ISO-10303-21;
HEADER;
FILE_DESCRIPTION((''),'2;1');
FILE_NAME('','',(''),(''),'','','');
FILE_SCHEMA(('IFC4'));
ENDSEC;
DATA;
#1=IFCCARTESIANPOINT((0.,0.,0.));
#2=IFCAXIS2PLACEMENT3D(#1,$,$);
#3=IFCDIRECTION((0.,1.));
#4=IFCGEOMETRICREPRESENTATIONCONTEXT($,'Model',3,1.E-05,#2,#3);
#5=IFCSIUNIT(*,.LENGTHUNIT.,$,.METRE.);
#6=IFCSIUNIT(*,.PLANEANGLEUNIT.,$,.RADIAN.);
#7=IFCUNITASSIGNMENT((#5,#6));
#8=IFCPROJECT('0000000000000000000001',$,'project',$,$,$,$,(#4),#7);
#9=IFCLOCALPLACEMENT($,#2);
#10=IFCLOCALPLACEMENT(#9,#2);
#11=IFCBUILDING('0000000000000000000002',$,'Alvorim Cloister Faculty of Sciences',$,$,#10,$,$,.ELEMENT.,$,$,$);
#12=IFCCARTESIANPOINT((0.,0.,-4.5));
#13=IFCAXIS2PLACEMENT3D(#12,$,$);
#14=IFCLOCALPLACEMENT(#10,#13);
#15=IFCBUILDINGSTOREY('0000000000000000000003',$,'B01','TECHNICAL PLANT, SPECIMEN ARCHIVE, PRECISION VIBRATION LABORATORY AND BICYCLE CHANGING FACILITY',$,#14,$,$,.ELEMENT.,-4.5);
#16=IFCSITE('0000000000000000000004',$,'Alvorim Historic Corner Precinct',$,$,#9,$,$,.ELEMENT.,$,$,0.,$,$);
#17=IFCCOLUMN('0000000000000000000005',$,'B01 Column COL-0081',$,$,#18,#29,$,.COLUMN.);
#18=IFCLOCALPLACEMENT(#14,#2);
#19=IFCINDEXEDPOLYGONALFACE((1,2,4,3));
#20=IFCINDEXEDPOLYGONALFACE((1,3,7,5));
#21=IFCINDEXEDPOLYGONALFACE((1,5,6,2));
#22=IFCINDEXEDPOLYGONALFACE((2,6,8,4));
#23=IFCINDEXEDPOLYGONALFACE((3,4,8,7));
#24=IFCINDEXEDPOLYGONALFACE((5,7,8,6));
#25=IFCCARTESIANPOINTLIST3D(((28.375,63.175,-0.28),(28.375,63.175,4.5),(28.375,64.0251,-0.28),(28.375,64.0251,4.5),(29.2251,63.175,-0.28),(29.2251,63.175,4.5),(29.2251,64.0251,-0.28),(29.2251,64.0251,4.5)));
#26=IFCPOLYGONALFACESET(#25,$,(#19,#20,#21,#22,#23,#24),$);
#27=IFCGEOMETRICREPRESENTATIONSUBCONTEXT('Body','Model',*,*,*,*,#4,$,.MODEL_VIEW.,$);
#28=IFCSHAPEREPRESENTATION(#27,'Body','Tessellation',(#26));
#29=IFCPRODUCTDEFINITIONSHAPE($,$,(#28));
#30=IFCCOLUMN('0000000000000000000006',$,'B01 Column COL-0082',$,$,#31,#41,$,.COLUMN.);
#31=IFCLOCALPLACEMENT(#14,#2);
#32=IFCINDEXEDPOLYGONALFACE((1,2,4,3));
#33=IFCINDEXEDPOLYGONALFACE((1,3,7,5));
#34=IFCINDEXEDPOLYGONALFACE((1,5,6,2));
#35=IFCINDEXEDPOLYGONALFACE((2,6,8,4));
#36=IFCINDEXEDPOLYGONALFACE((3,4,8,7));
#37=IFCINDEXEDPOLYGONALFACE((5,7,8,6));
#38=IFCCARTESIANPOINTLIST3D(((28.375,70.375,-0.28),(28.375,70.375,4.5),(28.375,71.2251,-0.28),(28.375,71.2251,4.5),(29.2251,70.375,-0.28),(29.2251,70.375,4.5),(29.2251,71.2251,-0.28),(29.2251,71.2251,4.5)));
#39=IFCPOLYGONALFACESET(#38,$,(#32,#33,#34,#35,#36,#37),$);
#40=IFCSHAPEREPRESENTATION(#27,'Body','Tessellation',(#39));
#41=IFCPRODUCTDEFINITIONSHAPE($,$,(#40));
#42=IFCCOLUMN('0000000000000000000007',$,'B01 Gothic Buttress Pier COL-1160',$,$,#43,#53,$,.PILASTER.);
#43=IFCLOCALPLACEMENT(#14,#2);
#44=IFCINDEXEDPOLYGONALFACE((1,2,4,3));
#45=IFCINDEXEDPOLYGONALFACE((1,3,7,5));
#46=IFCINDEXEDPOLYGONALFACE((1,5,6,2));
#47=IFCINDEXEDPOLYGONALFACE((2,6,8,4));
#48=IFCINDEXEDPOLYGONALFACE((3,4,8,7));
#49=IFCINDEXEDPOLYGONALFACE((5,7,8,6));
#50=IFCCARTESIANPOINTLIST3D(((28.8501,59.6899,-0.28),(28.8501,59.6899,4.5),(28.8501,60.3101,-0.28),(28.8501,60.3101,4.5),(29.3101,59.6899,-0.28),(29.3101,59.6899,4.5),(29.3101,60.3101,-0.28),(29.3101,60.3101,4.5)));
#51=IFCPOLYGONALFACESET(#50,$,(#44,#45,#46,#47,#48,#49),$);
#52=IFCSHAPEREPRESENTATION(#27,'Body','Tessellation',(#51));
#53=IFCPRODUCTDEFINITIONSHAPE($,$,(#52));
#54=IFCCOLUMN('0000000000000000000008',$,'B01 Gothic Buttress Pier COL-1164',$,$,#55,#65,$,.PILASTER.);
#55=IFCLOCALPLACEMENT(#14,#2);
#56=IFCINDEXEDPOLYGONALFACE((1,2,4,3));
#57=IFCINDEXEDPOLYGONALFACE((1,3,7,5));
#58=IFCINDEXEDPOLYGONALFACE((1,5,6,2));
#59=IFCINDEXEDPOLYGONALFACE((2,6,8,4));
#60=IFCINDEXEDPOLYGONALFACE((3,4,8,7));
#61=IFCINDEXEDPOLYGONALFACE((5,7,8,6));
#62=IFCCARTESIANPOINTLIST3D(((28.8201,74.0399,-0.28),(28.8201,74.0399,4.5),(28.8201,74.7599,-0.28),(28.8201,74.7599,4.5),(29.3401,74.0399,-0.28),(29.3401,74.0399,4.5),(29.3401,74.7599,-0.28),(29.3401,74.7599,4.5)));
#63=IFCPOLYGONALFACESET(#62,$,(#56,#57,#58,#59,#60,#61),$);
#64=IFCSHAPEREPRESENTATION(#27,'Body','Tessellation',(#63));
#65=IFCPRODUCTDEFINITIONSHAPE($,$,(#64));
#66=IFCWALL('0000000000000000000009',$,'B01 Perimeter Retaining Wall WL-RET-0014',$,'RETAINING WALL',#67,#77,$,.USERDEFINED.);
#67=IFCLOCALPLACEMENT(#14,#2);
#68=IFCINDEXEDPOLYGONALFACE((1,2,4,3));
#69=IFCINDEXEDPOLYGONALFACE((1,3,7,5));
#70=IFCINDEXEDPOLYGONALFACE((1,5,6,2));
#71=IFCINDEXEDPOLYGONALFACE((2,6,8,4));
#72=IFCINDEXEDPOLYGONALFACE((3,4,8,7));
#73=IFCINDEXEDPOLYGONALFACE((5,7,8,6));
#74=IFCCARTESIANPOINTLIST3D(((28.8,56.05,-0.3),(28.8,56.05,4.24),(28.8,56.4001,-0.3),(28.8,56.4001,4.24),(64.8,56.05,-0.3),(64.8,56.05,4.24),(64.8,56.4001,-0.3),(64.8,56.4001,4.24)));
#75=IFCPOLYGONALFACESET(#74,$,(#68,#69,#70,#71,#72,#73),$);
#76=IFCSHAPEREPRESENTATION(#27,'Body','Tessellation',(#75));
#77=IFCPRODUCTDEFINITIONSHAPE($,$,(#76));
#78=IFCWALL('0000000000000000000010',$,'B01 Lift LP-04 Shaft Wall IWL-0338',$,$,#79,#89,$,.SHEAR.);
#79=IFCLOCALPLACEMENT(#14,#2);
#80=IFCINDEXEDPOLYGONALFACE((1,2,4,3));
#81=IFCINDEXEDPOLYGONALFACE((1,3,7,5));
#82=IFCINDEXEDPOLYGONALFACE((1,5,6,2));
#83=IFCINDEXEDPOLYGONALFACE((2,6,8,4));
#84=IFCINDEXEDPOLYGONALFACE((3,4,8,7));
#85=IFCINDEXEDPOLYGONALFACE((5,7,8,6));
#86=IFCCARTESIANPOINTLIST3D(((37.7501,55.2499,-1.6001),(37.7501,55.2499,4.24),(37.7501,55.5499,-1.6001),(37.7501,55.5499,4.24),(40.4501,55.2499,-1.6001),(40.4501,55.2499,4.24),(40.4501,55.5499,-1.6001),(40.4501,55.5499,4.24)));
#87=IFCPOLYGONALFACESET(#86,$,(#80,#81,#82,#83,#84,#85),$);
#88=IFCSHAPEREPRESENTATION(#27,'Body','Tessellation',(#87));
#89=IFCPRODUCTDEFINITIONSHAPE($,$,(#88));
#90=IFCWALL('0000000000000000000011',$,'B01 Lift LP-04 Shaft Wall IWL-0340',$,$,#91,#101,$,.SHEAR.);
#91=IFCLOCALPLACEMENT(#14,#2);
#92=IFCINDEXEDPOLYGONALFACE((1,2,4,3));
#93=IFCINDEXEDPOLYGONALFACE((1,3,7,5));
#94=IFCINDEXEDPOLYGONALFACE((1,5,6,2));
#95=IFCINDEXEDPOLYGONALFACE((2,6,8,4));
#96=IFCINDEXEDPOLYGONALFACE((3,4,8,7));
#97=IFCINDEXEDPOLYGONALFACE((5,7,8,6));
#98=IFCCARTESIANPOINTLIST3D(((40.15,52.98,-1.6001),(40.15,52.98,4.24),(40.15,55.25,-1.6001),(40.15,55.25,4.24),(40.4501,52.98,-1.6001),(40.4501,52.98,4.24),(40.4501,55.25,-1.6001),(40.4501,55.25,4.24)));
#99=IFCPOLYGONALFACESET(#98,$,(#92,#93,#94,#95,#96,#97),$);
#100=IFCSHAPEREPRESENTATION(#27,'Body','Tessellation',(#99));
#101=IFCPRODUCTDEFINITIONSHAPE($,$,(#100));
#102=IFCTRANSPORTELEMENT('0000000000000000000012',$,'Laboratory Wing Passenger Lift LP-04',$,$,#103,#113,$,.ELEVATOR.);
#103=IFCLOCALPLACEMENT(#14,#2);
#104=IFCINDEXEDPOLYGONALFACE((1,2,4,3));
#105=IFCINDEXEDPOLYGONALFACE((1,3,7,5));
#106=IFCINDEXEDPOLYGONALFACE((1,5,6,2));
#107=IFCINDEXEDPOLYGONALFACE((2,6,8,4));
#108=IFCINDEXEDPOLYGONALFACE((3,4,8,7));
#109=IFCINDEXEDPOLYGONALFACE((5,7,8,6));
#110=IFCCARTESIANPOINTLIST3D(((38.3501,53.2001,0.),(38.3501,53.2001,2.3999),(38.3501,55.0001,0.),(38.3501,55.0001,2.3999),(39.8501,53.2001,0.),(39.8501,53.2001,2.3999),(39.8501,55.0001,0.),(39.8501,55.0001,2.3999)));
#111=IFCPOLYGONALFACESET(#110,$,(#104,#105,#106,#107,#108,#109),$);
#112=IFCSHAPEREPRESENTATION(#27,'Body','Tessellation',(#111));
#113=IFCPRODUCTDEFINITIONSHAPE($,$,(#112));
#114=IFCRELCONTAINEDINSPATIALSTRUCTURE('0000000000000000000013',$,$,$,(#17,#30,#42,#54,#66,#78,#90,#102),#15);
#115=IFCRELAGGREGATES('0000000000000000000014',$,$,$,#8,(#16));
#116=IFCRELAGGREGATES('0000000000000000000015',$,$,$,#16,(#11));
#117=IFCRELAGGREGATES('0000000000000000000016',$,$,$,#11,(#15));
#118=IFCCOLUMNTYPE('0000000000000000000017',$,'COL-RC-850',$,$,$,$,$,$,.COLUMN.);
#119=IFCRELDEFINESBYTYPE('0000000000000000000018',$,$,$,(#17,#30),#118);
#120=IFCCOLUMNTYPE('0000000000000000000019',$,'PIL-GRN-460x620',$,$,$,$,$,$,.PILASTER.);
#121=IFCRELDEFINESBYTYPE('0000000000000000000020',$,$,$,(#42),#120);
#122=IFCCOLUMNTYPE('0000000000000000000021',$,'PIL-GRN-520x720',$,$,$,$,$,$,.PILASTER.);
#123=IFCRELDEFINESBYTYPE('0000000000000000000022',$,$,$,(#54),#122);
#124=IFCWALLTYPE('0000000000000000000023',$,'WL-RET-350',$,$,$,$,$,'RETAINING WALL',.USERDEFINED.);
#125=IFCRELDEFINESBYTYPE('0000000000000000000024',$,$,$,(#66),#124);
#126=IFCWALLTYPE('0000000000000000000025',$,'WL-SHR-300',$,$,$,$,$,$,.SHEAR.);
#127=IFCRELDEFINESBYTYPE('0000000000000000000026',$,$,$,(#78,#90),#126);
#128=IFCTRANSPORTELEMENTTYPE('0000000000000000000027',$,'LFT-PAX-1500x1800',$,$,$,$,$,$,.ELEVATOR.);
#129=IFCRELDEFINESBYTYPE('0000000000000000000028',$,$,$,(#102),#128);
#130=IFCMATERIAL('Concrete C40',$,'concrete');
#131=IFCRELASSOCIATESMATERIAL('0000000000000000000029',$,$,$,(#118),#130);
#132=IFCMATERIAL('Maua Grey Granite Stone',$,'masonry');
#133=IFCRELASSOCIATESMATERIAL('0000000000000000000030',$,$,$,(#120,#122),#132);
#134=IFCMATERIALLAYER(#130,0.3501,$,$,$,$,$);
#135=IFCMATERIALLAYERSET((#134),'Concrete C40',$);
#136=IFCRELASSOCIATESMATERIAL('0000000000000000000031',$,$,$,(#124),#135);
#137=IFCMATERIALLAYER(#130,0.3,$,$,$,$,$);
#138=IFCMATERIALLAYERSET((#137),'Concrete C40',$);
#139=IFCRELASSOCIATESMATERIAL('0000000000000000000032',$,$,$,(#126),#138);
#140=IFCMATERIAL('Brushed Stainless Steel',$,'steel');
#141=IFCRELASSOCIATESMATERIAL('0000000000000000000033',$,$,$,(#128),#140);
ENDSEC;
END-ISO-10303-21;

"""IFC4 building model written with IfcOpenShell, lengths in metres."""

from ifc_helpers import new_model, si_unit, direction, frame, frame_2d, origin, origin_2d, place, context, subcontext, project, spatial, rectangle, extrude, material, layer, layer_set, material_profile, profile_set, type_object, element, save


model = new_model("IFC4")

# Units and contexts
model_context = context("Model", 3, precision=1e-05, world=origin(), true_north=direction((0.0, 1.0)))
body_context = subcontext(model_context, "Body", "Model", "MODEL_VIEW")
ifc_project = project(units=[si_unit("LENGTHUNIT", "METRE"), si_unit("PLANEANGLEUNIT", "RADIAN")], contexts=[model_context])

# Site, building, storey
site_placement = place(None, origin())
site = spatial("IfcSite", under=ifc_project, at=site_placement, Name="Alvorim Historic Corner Precinct", CompositionType="ELEMENT", RefElevation=0.0)
building_placement = place(site_placement, origin())
building = spatial("IfcBuilding", under=site, at=building_placement, Name="Alvorim Cloister Faculty of Sciences", CompositionType="ELEMENT")
storey_placement = place(building_placement, frame((0.0, 0.0, -4.5)))
storey = spatial("IfcBuildingStorey", under=building, at=storey_placement, Name="B01", Description="TECHNICAL PLANT, SPECIMEN ARCHIVE, PRECISION VIBRATION LABORATORY AND BICYCLE CHANGING FACILITY", CompositionType="ELEMENT", Elevation=-4.5)

# Shared definitions
ifc_material_1 = material(Name="Concrete C40", Category="concrete")

# Columns
ifc_material_profile_1 = material_profile(ifc_material_1, rectangle(XDim=0.8501, YDim=0.8501, at=origin_2d()), Name="RC40-COL-850x850")
ifc_profile_set_1 = profile_set([ifc_material_profile_1], Name="Concrete C40")
column_type_1 = type_object("IfcColumnType", Name="COL-RC-850", PredefinedType="COLUMN", material=ifc_profile_set_1)
for number, where, z_axis, x_axis, name in (
    (1, (28.8, 63.6001, -0.28), (0.0, 0.0, 1.0), (1.0, 0.0, 0.0), "B01 Column COL-0081"),
    (2, (28.8, 70.8, -0.28), (0.0, 0.0, 1.0), (1.0, 0.0, 0.0), "B01 Column COL-0082"),
):
    element("IfcColumn", number, at=place(storey_placement, frame(where, z_axis=z_axis, x_axis=x_axis)), inside=storey, type_object=column_type_1, Name=name, PredefinedType="COLUMN", context=body_context, shape_type="SweptSolid", body=[
        extrude(rectangle(XDim=0.8501, YDim=0.8501, at=origin_2d()), origin(), (0.0, 0.0, 1.0), 4.78),
    ])
ifc_material_2 = material(Name="Maua Grey Granite Stone", Category="masonry")
ifc_material_profile_2 = material_profile(ifc_material_2, rectangle(XDim=0.46, YDim=0.6201, at=origin_2d()), Name="GRN-PIER-460x620")
ifc_profile_set_2 = profile_set([ifc_material_profile_2], Name="Maua Grey Granite Stone")
column_type_2 = type_object("IfcColumnType", Name="PIL-GRN-460x620", PredefinedType="PILASTER", material=ifc_profile_set_2)
column_1_placement = place(storey_placement, frame((29.0801, 60.0, -0.28), z_axis=(0.0, 0.0, 1.0), x_axis=(1.0, 0.0, 0.0)))
element("IfcColumn", 3, at=column_1_placement, inside=storey, type_object=column_type_2, Name="B01 Gothic Buttress Pier COL-1160", PredefinedType="PILASTER", context=body_context, shape_type="SweptSolid", body=[
    extrude(rectangle(XDim=0.46, YDim=0.6201, at=origin_2d()), origin(), (0.0, 0.0, 1.0), 4.78),
])
ifc_material_profile_3 = material_profile(ifc_material_2, rectangle(XDim=0.52, YDim=0.72, at=origin_2d()), Name="GRN-PIER-520x720")
ifc_profile_set_3 = profile_set([ifc_material_profile_3], Name="Maua Grey Granite Stone")
column_type_3 = type_object("IfcColumnType", Name="PIL-GRN-520x720", PredefinedType="PILASTER", material=ifc_profile_set_3)
column_2_placement = place(storey_placement, frame((29.0801, 74.3999, -0.28), z_axis=(0.0, 0.0, 1.0), x_axis=(1.0, 0.0, 0.0)))
element("IfcColumn", 4, at=column_2_placement, inside=storey, type_object=column_type_3, Name="B01 Gothic Buttress Pier COL-1164", PredefinedType="PILASTER", context=body_context, shape_type="SweptSolid", body=[
    extrude(rectangle(XDim=0.52, YDim=0.72, at=origin_2d()), origin(), (0.0, 0.0, 1.0), 4.78),
])

# Walls
ifc_layer_1 = layer(ifc_material_1, 0.3501)
ifc_layer_set_1 = layer_set([ifc_layer_1], Name="Concrete C40")
wall_type_1 = type_object("IfcWallType", Name="WL-RET-350", ElementType="RETAINING WALL", PredefinedType="USERDEFINED", material=ifc_layer_set_1)
wall_1_placement = place(storey_placement, frame((28.8, 56.2251, -0.3), z_axis=(0.0, 0.0, 1.0), x_axis=(1.0, 0.0, 0.0)))
element("IfcWall", 5, at=wall_1_placement, inside=storey, type_object=wall_type_1, Name="B01 Perimeter Retaining Wall WL-RET-0014", ObjectType="RETAINING WALL", PredefinedType="USERDEFINED", context=body_context, shape_type="SweptSolid", body=[
    extrude(rectangle(XDim=36.0, YDim=0.3501, at=frame_2d((18.0, 0.0))), origin(), (0.0, 0.0, 1.0), 4.54),
])
ifc_layer_2 = layer(ifc_material_1, 0.3)
ifc_layer_set_2 = layer_set([ifc_layer_2], Name="Concrete C40")
wall_type_2 = type_object("IfcWallType", Name="WL-SHR-300", PredefinedType="SHEAR", material=ifc_layer_set_2)
wall_2_placement = place(storey_placement, frame((37.75, 55.3999, -1.6001), z_axis=(0.0, 0.0, 1.0), x_axis=(1.0, 0.0, 0.0)))
element("IfcWall", 6, at=wall_2_placement, inside=storey, type_object=wall_type_2, Name="B01 Lift LP-04 Shaft Wall IWL-0338", PredefinedType="SHEAR", context=body_context, shape_type="SweptSolid", body=[
    extrude(rectangle(XDim=2.7, YDim=0.3, at=frame_2d((1.3501, 0.0))), origin(), (0.0, 0.0, 1.0), 5.8401),
])
wall_3_placement = place(storey_placement, frame((40.3, 52.98, -1.6001), z_axis=(0.0, 0.0, 1.0), x_axis=(0.0, 1.0, 0.0)))
element("IfcWall", 7, at=wall_3_placement, inside=storey, type_object=wall_type_2, Name="B01 Lift LP-04 Shaft Wall IWL-0340", PredefinedType="SHEAR", context=body_context, shape_type="SweptSolid", body=[
    extrude(rectangle(XDim=2.27, YDim=0.3, at=frame_2d((1.135, 0.0))), origin(), (0.0, 0.0, 1.0), 5.8401),
])

# Transport element
ifc_material_3 = material(Name="Brushed Stainless Steel", Category="steel")
transport_element_type = type_object("IfcTransportElementType", Name="LFT-PAX-1500x1800", PredefinedType="ELEVATOR", material=ifc_material_3)
transport_element_placement = place(storey_placement, frame((39.1001, 54.1001, 0.0), z_axis=(0.0, 0.0, 1.0), x_axis=(1.0, 0.0, 0.0)))
element("IfcTransportElement", 8, at=transport_element_placement, inside=storey, type_object=transport_element_type, Name="Laboratory Wing Passenger Lift LP-04", PredefinedType="ELEVATOR", context=body_context, shape_type="SweptSolid", body=[
    extrude(rectangle(XDim=1.5, YDim=1.8, at=origin_2d()), origin(), (0.0, 0.0, 1.0), 2.3999),
])

save(model, "model.ifc")
